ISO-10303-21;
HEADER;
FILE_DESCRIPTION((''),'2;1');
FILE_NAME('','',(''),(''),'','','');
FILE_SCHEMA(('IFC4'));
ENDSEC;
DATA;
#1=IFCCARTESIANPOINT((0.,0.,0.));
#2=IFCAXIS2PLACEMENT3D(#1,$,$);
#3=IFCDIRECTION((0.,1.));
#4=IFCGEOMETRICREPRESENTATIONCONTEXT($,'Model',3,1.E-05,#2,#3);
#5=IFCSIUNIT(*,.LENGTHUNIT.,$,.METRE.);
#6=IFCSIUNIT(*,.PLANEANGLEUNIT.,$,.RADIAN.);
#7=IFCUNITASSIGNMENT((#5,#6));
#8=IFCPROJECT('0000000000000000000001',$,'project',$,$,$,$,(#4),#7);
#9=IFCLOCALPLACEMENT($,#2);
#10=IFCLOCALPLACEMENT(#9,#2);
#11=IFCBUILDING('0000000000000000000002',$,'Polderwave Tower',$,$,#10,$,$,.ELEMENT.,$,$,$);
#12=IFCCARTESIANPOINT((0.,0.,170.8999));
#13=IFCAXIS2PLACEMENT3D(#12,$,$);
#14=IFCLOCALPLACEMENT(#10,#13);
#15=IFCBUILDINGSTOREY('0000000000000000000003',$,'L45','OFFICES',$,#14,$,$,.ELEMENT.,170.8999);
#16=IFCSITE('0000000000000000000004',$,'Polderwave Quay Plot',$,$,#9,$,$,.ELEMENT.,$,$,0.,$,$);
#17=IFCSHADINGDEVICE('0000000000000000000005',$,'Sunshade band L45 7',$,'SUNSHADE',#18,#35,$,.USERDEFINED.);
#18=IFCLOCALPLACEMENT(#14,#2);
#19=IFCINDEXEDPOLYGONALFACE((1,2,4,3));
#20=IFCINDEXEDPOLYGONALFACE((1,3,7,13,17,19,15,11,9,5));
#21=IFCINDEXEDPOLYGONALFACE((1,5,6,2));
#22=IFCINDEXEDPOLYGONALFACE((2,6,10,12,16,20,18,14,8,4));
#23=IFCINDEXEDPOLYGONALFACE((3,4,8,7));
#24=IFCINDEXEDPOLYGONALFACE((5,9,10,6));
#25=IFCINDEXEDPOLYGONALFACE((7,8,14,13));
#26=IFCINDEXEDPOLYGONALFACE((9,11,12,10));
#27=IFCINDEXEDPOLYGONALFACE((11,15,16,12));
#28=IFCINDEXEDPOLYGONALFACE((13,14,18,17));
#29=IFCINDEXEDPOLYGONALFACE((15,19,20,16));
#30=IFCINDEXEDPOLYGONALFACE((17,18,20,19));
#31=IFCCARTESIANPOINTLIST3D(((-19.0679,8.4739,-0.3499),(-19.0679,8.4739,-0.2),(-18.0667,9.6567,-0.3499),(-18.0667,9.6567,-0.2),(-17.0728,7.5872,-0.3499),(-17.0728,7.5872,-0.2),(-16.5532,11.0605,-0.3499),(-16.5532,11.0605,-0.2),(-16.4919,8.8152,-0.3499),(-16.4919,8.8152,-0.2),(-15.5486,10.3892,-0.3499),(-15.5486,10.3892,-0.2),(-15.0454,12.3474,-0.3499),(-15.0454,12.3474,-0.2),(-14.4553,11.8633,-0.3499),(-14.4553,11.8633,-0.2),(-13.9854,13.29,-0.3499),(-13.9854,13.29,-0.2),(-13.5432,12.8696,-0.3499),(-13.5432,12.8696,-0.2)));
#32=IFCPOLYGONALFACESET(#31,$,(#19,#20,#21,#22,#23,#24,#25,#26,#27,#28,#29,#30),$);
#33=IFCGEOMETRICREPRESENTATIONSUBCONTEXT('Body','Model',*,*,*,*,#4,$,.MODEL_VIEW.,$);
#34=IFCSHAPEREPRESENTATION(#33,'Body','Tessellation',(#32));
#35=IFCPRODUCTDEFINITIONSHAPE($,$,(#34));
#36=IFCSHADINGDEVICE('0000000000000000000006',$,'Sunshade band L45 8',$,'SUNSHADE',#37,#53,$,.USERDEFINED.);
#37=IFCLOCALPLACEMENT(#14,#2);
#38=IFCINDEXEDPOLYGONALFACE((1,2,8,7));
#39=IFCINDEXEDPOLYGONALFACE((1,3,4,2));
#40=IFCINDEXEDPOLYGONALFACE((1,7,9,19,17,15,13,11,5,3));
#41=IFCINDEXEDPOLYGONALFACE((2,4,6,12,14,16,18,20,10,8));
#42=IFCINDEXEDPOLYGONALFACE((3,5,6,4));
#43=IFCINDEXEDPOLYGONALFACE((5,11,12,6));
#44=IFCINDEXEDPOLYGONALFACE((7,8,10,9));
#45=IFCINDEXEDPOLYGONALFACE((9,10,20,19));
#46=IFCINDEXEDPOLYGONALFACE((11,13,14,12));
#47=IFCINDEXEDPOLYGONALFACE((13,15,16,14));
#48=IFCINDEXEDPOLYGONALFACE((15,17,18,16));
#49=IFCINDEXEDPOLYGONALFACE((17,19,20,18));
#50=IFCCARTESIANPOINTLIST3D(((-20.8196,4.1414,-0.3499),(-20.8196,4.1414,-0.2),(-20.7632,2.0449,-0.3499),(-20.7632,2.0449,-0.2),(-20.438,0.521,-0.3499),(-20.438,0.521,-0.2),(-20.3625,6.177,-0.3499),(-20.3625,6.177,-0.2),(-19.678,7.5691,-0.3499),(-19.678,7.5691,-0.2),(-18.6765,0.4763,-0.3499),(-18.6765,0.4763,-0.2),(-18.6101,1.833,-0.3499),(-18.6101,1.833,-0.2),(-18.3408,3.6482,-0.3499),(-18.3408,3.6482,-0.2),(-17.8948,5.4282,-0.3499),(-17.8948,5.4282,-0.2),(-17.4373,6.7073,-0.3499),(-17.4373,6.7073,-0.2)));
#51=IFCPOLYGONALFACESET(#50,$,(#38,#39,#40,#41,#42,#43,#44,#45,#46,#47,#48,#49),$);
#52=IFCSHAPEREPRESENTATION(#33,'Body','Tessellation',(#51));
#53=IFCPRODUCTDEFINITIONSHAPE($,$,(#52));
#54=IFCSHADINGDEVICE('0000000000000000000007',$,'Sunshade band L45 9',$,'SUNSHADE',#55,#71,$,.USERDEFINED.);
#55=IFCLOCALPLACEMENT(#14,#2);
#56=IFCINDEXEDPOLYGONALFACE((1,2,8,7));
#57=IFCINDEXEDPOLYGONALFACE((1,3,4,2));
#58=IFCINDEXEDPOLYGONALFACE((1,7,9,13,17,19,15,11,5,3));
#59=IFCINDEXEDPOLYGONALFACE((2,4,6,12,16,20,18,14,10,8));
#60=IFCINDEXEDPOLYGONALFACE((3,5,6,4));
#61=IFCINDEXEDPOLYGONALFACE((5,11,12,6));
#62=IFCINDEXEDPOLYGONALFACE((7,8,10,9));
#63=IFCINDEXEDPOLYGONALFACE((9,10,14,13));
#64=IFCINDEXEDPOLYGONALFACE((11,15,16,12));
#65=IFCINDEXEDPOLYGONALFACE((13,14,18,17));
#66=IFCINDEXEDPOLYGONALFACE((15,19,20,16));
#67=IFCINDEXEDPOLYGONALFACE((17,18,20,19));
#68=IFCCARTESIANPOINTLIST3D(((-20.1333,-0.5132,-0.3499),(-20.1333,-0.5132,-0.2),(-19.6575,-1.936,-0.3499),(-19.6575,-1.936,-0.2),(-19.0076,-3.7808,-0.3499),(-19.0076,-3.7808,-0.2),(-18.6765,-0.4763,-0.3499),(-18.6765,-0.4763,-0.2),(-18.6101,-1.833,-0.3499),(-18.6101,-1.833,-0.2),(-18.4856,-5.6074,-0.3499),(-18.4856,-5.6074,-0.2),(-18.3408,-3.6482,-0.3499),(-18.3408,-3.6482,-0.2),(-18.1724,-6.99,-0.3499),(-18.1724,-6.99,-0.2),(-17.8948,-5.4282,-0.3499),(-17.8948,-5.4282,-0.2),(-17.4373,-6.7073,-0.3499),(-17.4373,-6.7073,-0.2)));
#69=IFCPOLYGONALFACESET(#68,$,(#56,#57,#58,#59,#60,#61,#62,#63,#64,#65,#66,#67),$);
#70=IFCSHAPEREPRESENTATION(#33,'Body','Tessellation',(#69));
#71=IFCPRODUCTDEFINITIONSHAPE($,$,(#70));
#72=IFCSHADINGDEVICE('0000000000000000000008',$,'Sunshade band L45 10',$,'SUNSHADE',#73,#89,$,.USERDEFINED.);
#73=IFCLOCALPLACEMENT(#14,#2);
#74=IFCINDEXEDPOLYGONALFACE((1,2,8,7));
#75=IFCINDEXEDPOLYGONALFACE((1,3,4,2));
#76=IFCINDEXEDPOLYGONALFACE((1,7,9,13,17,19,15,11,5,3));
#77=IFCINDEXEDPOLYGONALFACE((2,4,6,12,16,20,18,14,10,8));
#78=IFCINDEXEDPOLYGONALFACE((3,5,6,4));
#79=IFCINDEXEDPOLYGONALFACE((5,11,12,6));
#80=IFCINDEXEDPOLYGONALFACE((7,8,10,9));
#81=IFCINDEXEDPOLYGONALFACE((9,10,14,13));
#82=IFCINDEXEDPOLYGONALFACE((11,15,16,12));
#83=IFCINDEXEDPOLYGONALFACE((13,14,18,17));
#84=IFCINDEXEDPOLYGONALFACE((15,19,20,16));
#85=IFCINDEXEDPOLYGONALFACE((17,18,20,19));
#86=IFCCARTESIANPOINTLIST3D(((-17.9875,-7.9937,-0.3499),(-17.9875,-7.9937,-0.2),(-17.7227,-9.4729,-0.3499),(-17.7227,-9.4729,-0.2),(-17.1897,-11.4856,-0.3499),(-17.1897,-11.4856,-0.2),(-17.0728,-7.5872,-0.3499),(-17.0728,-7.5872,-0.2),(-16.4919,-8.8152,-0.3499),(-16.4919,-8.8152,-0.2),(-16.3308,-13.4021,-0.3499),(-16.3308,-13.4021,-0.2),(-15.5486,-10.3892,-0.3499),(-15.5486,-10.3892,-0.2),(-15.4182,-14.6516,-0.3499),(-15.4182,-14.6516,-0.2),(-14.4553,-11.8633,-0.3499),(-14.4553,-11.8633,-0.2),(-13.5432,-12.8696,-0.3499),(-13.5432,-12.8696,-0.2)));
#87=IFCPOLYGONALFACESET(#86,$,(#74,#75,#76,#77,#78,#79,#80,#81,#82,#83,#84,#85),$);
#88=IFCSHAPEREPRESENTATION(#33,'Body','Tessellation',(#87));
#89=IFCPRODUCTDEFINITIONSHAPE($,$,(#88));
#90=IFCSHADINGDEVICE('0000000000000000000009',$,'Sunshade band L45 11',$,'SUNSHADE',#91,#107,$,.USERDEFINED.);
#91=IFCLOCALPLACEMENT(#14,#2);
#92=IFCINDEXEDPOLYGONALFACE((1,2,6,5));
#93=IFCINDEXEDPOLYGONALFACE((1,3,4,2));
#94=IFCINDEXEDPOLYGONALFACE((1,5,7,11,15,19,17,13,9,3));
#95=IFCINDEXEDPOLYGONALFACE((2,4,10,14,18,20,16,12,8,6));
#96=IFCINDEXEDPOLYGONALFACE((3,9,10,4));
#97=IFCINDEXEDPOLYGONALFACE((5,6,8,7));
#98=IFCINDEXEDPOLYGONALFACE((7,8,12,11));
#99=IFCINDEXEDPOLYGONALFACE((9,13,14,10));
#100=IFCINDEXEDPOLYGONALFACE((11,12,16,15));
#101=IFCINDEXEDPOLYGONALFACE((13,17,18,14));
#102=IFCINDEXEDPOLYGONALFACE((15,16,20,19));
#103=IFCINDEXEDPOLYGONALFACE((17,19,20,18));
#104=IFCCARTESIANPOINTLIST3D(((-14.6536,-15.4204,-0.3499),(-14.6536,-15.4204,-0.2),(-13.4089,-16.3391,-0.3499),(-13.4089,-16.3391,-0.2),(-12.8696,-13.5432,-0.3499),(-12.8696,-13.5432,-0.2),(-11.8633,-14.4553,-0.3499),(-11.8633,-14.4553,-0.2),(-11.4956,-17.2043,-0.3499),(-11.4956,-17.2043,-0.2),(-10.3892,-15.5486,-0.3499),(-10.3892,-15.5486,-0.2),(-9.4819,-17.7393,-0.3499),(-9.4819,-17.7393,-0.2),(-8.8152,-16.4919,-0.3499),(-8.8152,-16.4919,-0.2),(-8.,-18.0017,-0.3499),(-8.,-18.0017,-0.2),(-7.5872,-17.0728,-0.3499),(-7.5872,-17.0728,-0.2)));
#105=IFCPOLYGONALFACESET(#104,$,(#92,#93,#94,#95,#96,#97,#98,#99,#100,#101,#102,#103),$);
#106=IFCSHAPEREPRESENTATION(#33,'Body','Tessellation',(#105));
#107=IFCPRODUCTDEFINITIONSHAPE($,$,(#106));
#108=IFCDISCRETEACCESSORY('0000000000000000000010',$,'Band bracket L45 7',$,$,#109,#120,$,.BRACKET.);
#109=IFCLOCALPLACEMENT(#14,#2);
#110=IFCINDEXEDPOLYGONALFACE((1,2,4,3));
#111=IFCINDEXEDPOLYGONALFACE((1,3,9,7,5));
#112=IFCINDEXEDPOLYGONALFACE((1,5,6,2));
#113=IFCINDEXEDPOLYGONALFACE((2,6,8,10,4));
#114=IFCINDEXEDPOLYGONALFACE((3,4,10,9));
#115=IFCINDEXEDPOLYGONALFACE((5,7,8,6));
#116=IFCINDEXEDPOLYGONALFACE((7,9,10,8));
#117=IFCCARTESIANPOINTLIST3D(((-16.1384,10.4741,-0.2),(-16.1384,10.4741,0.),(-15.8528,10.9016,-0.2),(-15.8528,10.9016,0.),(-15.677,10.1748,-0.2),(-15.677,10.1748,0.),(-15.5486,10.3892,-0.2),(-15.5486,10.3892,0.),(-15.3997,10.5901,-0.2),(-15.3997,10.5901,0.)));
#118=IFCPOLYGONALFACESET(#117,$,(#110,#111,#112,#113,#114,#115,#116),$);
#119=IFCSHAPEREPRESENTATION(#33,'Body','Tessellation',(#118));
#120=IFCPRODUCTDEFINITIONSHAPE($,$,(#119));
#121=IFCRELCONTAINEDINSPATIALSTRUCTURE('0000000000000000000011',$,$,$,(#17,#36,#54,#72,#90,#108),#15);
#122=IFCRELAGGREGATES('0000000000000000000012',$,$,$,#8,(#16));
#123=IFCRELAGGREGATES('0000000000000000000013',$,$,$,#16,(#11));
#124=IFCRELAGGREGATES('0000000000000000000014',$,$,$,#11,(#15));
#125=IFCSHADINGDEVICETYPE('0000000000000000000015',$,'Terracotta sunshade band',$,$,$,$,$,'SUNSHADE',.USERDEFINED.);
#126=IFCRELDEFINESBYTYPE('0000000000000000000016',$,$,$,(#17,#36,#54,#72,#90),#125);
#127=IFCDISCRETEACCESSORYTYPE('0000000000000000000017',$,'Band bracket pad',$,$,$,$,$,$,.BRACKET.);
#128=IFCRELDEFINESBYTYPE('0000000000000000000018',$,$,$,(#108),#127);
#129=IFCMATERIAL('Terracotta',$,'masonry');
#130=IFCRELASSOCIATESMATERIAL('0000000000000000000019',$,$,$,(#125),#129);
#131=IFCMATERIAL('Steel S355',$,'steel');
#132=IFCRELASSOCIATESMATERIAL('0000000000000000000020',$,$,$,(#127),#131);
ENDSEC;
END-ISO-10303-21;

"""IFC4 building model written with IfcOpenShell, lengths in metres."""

from ifc_helpers import new_model, si_unit, direction, frame, origin, place, context, subcontext, project, spatial, polyline, outline, extrude, material, type_object, element, save


model = new_model("IFC4")

# Units and contexts
model_context = context("Model", 3, precision=1e-05, world=origin(), true_north=direction((0.0, 1.0)))
body_context = subcontext(model_context, "Body", "Model", "MODEL_VIEW")
ifc_project = project(units=[si_unit("LENGTHUNIT", "METRE"), si_unit("PLANEANGLEUNIT", "RADIAN")], contexts=[model_context])

# Site, building, storey
site_placement = place(None, origin())
site = spatial("IfcSite", under=ifc_project, at=site_placement, Name="Polderwave Quay Plot", CompositionType="ELEMENT", RefElevation=0.0)
building_placement = place(site_placement, origin())
building = spatial("IfcBuilding", under=site, at=building_placement, Name="Polderwave Tower", CompositionType="ELEMENT")
storey_placement = place(building_placement, frame((0.0, 0.0, 170.8999)))
storey = spatial("IfcBuildingStorey", under=building, at=storey_placement, Name="L45", Description="OFFICES", CompositionType="ELEMENT", Elevation=170.8999)

# Shading devices
ifc_material_1 = material(Name="Terracotta", Category="masonry")
shading_device_type = type_object("IfcShadingDeviceType", Name="Terracotta sunshade band", ElementType="SUNSHADE", PredefinedType="USERDEFINED", material=ifc_material_1)
shading_device_1_placement = place(storey_placement, frame((0.0, 0.0, -0.3499)))
element("IfcShadingDevice", 1, at=shading_device_1_placement, inside=storey, type_object=shading_device_type, Name="Sunshade band L45 7", ObjectType="SUNSHADE", PredefinedType="USERDEFINED", context=body_context, shape_type="SweptSolid", body=[
    extrude(outline(polyline([(-13.5432, 12.8696), (-14.4553, 11.8633), (-15.5486, 10.3892), (-16.4919, 8.8152), (-17.0728, 7.5872), (-19.0679, 8.4739), (-18.0667, 9.6567), (-16.5532, 11.0605), (-15.0454, 12.3474), (-13.9854, 13.29), (-13.5432, 12.8696)])), origin(), (0.0, 0.0, 1.0), 0.1499),
])
shading_device_2_placement = place(storey_placement, frame((0.0, 0.0, -0.3499)))
element("IfcShadingDevice", 2, at=shading_device_2_placement, inside=storey, type_object=shading_device_type, Name="Sunshade band L45 8", ObjectType="SUNSHADE", PredefinedType="USERDEFINED", context=body_context, shape_type="SweptSolid", body=[
    extrude(outline(polyline([(-17.4373, 6.7073), (-17.8948, 5.4282), (-18.3408, 3.6482), (-18.6101, 1.833), (-18.6765, 0.4763), (-20.438, 0.521), (-20.7632, 2.0449), (-20.8196, 4.1414), (-20.3625, 6.177), (-19.678, 7.5691), (-17.4373, 6.7073)])), origin(), (0.0, 0.0, 1.0), 0.1499),
])
shading_device_3_placement = place(storey_placement, frame((0.0, 0.0, -0.3499)))
element("IfcShadingDevice", 3, at=shading_device_3_placement, inside=storey, type_object=shading_device_type, Name="Sunshade band L45 9", ObjectType="SUNSHADE", PredefinedType="USERDEFINED", context=body_context, shape_type="SweptSolid", body=[
    extrude(outline(polyline([(-18.6765, -0.4763), (-18.6101, -1.833), (-18.3408, -3.6482), (-17.8948, -5.4282), (-17.4373, -6.7073), (-18.1724, -6.99), (-18.4856, -5.6074), (-19.0076, -3.7808), (-19.6575, -1.936), (-20.1333, -0.5132), (-18.6765, -0.4763)])), origin(), (0.0, 0.0, 1.0), 0.1499),
])
shading_device_4_placement = place(storey_placement, frame((0.0, 0.0, -0.3499)))
element("IfcShadingDevice", 4, at=shading_device_4_placement, inside=storey, type_object=shading_device_type, Name="Sunshade band L45 10", ObjectType="SUNSHADE", PredefinedType="USERDEFINED", context=body_context, shape_type="SweptSolid", body=[
    extrude(outline(polyline([(-17.0728, -7.5872), (-16.4919, -8.8152), (-15.5486, -10.3892), (-14.4553, -11.8633), (-13.5432, -12.8696), (-15.4182, -14.6516), (-16.3308, -13.4021), (-17.1897, -11.4856), (-17.7227, -9.4729), (-17.9875, -7.9937), (-17.0728, -7.5872)])), origin(), (0.0, 0.0, 1.0), 0.1499),
])
shading_device_5_placement = place(storey_placement, frame((0.0, 0.0, -0.3499)))
element("IfcShadingDevice", 5, at=shading_device_5_placement, inside=storey, type_object=shading_device_type, Name="Sunshade band L45 11", ObjectType="SUNSHADE", PredefinedType="USERDEFINED", context=body_context, shape_type="SweptSolid", body=[
    extrude(outline(polyline([(-12.8696, -13.5432), (-11.8633, -14.4553), (-10.3892, -15.5486), (-8.8152, -16.4919), (-7.5872, -17.0728), (-8.0, -18.0017), (-9.4819, -17.7393), (-11.4956, -17.2043), (-13.4089, -16.3391), (-14.6536, -15.4204), (-12.8696, -13.5432)])), origin(), (0.0, 0.0, 1.0), 0.1499),
])

# Discrete accessory
ifc_material_2 = material(Name="Steel S355", Category="steel")
discrete_accessory_type = type_object("IfcDiscreteAccessoryType", Name="Band bracket pad", PredefinedType="BRACKET", material=ifc_material_2)
discrete_accessory_placement = place(storey_placement, frame((0.0, 0.0, -0.2)))
element("IfcDiscreteAccessory", 6, at=discrete_accessory_placement, inside=storey, type_object=discrete_accessory_type, Name="Band bracket L45 7", PredefinedType="BRACKET", context=body_context, shape_type="SweptSolid", body=[
    extrude(outline(polyline([(-15.3997, 10.5901), (-15.5486, 10.3892), (-15.677, 10.1748), (-16.1384, 10.4741), (-15.8528, 10.9016), (-15.3997, 10.5901)])), origin(), (0.0, 0.0, 1.0), 0.2),
])

save(model, "model.ifc")
